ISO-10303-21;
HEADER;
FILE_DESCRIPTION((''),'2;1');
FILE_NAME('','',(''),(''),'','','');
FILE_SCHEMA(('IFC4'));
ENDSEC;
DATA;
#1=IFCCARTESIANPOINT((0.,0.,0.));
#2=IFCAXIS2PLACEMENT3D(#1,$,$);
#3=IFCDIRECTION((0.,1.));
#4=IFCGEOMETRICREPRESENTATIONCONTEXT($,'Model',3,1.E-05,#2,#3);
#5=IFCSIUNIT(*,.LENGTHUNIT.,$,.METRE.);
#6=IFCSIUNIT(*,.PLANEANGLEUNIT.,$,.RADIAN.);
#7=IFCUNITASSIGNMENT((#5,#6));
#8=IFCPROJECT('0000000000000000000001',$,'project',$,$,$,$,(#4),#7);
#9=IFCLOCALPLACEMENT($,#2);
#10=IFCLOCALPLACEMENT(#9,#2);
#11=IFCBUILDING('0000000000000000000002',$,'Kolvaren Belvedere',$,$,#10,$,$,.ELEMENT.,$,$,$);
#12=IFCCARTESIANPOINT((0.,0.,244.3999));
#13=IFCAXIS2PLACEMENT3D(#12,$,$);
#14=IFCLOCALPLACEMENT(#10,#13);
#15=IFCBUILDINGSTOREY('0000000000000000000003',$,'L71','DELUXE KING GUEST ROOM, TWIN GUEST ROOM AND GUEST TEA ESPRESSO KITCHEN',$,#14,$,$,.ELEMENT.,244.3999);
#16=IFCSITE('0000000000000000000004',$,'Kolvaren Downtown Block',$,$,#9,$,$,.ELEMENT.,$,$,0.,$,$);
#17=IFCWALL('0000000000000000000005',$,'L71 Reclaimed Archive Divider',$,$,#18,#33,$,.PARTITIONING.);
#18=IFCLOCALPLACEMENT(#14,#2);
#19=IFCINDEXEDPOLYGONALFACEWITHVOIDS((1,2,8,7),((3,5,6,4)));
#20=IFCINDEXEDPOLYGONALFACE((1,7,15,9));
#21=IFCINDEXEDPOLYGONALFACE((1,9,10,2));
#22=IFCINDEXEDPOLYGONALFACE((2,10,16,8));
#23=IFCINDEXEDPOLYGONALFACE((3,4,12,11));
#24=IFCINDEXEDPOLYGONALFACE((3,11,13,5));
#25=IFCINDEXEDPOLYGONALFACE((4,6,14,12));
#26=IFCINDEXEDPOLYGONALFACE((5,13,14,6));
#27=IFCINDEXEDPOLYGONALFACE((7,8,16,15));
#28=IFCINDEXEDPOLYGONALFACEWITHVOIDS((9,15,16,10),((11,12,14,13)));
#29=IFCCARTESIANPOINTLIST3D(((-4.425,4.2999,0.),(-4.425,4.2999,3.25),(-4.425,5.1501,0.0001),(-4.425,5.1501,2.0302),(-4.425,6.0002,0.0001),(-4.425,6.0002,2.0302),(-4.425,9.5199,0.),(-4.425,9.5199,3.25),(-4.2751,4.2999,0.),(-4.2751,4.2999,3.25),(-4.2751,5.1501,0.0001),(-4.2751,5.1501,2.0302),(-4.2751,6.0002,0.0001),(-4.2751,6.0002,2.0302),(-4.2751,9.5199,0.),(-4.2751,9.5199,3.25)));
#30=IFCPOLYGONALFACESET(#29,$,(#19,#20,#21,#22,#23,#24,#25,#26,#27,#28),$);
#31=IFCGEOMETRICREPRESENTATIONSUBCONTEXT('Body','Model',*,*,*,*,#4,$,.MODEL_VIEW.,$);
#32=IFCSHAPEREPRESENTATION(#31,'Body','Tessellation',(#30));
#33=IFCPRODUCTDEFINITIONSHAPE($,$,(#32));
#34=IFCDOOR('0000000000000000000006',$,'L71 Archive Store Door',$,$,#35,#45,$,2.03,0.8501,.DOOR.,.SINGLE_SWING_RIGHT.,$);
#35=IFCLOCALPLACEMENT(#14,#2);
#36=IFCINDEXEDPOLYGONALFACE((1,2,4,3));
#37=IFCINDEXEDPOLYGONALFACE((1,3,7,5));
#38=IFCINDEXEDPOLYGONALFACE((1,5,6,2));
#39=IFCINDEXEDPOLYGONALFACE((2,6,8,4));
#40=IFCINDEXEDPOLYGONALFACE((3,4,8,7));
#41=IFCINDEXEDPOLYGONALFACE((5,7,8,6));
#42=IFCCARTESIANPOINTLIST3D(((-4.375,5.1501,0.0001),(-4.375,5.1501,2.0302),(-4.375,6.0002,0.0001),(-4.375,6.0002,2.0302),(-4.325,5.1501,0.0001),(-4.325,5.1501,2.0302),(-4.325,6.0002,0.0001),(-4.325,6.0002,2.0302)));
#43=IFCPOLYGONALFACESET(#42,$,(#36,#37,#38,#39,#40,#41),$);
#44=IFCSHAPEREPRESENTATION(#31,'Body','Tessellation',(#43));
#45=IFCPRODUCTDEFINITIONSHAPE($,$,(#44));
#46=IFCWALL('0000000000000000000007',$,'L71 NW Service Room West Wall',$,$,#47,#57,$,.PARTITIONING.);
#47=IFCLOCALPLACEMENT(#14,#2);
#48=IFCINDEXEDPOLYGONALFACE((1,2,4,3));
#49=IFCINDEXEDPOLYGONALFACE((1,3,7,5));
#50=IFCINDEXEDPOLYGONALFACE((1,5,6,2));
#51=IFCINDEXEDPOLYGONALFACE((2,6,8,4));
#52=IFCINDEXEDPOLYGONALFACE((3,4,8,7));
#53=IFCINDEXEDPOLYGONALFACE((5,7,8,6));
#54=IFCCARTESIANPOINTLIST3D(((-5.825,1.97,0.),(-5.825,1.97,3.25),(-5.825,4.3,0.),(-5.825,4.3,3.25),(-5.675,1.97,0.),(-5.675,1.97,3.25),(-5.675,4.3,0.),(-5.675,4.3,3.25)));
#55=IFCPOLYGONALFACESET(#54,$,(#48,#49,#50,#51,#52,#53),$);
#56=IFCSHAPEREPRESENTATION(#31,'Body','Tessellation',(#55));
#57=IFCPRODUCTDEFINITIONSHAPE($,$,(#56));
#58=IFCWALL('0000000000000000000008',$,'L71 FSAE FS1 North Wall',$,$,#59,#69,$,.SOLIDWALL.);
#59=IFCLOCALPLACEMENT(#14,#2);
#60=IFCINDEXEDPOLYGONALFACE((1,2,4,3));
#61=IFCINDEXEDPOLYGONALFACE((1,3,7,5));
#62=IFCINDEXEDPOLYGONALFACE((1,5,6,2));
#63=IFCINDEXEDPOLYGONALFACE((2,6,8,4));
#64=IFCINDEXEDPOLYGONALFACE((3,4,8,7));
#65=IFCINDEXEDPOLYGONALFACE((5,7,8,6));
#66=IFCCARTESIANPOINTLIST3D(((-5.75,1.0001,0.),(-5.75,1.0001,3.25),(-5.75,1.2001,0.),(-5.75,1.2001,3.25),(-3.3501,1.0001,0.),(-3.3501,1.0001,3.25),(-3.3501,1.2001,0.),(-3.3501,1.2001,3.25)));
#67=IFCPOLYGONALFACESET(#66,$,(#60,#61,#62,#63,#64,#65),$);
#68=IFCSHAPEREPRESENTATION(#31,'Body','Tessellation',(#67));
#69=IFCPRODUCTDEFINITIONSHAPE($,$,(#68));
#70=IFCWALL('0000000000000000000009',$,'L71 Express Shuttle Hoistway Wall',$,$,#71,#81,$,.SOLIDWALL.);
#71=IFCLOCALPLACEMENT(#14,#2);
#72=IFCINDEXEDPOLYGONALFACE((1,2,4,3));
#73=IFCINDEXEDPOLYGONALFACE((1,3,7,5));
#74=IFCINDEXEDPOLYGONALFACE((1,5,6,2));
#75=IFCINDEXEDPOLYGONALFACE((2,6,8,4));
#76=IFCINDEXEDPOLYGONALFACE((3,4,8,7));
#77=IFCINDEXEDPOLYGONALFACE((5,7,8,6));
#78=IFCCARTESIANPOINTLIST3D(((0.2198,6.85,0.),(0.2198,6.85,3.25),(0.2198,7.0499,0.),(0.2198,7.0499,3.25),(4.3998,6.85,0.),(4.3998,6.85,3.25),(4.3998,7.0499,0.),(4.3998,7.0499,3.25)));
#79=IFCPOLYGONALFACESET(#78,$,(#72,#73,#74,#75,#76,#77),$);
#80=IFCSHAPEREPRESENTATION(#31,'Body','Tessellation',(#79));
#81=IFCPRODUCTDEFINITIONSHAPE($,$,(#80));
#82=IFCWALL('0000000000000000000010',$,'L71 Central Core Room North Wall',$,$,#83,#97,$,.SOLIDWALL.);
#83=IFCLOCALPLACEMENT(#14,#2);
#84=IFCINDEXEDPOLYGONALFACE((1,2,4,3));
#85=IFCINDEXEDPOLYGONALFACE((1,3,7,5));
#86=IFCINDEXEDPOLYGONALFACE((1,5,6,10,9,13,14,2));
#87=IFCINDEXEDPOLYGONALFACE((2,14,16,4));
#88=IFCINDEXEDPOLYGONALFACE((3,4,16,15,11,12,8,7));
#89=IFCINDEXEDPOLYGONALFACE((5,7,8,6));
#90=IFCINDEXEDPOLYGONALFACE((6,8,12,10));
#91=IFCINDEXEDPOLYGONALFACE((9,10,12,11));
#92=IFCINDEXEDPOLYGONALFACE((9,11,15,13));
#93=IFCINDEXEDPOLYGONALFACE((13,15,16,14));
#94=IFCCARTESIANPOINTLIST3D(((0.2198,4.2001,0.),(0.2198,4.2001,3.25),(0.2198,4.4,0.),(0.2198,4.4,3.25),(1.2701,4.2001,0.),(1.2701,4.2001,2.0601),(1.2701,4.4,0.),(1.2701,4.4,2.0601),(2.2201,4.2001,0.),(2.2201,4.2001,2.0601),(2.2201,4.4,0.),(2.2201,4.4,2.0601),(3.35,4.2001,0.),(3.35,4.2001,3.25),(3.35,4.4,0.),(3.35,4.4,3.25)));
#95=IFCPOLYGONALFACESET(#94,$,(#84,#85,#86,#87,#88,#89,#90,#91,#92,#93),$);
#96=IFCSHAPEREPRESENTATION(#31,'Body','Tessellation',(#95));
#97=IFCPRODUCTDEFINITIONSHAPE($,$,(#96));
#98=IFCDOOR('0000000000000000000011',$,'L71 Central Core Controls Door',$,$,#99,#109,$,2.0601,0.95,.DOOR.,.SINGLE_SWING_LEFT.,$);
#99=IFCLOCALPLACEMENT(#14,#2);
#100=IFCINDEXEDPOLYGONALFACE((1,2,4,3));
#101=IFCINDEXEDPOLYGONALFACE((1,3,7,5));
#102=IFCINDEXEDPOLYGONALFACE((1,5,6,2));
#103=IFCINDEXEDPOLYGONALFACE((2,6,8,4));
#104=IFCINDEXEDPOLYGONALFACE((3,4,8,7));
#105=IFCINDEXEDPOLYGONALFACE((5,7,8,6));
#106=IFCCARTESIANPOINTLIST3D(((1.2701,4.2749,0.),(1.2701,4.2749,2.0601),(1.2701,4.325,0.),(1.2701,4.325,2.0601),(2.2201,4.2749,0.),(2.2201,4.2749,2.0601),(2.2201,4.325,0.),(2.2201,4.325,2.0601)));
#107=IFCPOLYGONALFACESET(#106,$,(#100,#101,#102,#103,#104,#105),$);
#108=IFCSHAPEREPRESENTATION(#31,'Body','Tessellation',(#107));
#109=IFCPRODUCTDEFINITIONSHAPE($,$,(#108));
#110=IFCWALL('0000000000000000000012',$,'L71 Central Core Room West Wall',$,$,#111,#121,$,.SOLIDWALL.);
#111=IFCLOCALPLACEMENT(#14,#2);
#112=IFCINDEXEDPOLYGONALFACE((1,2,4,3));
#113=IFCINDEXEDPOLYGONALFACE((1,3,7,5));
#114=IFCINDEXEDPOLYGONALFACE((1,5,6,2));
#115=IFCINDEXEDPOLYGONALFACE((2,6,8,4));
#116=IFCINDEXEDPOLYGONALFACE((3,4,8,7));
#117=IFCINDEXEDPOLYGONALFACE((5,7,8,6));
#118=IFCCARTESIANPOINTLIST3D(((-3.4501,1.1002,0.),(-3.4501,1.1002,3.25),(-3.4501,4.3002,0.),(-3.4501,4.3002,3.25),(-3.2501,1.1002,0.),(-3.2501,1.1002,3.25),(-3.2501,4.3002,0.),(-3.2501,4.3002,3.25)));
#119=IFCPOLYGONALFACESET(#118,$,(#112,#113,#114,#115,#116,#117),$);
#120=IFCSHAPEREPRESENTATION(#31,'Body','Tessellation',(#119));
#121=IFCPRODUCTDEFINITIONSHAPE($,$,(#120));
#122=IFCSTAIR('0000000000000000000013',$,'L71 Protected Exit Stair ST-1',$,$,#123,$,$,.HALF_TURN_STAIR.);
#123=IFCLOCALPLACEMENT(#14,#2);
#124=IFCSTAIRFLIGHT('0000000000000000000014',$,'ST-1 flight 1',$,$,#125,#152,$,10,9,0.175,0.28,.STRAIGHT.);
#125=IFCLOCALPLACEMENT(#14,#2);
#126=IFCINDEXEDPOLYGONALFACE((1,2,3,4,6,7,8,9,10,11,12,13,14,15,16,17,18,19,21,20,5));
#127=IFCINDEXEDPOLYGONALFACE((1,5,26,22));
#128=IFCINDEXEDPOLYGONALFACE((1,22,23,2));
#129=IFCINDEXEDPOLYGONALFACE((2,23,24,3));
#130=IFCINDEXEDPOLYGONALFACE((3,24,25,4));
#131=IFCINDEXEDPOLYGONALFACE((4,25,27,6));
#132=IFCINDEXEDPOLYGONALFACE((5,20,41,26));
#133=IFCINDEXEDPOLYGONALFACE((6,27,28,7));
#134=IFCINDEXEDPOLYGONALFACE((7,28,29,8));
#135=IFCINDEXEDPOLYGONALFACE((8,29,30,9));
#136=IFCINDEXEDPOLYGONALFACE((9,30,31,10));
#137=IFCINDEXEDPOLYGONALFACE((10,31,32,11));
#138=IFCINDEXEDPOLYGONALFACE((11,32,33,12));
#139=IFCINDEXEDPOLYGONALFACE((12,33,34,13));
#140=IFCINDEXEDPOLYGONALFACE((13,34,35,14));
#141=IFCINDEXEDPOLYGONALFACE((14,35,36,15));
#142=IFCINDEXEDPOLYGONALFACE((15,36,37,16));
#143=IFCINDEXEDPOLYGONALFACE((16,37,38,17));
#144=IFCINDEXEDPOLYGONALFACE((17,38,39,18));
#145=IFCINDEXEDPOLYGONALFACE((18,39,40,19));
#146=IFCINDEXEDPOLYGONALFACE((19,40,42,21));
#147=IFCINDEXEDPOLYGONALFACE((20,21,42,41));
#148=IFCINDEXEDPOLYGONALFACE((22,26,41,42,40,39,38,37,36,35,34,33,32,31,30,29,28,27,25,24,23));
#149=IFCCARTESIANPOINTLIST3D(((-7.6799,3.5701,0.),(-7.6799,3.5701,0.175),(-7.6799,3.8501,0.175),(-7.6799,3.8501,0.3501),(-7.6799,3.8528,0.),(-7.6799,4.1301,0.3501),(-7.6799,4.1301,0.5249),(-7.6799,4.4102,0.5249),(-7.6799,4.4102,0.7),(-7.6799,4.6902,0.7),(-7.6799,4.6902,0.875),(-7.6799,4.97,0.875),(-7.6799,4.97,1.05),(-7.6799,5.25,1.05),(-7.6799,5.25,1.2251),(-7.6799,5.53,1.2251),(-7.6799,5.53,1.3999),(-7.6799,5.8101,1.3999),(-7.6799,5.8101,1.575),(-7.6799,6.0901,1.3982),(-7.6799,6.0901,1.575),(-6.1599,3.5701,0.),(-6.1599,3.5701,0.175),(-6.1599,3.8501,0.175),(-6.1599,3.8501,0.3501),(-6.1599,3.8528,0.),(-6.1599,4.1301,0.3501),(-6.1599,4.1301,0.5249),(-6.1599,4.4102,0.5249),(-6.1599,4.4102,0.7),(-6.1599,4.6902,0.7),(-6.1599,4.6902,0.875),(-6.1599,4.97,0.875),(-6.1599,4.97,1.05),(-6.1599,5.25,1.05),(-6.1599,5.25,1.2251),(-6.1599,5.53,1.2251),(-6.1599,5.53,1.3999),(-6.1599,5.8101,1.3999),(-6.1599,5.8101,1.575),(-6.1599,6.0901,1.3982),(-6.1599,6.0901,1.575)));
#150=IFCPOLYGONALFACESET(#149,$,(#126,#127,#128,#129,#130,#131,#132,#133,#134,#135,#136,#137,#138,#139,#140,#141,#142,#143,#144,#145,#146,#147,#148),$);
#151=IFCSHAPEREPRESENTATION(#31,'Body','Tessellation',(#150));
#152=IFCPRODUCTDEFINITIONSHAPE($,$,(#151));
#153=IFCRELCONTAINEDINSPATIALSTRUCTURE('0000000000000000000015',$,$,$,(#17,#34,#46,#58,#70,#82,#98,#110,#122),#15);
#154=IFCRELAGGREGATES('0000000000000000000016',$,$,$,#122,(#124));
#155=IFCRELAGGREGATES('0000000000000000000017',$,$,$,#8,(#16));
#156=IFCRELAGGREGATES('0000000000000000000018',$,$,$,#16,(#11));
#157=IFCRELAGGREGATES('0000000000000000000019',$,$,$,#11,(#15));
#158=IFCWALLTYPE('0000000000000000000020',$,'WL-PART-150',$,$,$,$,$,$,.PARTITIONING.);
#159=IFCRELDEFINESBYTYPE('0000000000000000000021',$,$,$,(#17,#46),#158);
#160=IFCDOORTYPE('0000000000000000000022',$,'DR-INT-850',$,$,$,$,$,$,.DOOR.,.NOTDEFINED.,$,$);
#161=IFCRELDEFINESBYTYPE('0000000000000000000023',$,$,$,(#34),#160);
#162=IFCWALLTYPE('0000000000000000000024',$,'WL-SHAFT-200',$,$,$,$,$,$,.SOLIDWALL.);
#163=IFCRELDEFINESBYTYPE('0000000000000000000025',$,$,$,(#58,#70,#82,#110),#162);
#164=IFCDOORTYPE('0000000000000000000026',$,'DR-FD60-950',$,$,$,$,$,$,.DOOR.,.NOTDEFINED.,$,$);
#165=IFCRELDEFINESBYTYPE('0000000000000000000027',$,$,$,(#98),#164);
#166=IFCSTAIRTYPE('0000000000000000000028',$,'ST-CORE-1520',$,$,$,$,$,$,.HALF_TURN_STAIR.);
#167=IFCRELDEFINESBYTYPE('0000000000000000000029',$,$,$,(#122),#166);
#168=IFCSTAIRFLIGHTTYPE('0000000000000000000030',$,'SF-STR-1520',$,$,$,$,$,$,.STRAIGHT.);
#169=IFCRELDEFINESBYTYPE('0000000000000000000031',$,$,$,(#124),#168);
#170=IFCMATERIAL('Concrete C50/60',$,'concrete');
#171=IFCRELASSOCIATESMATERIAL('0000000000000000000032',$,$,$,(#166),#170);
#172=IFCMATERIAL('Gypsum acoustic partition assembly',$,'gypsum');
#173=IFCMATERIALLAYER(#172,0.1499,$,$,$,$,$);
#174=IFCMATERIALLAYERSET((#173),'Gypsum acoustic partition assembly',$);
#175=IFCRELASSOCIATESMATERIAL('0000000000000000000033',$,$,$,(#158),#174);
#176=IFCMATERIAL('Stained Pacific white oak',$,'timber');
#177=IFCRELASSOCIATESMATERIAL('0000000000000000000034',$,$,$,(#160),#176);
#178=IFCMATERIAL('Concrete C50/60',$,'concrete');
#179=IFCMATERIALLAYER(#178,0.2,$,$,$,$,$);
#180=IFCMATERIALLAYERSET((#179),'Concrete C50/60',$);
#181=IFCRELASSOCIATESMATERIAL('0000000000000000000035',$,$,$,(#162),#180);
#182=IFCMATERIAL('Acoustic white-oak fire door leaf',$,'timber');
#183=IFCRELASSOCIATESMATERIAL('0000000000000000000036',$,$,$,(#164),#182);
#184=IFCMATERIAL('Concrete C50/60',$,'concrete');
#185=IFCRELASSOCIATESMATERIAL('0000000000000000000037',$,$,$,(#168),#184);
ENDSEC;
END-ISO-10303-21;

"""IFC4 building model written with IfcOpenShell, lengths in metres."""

from ifc_helpers import new_model, si_unit, direction, frame, frame_2d, origin, place, context, subcontext, project, spatial, polyline, rectangle, outline, extrude, material, layer, layer_set, type_object, element, fill, aggregate, save


model = new_model("IFC4")

# Units and contexts
model_context = context("Model", 3, precision=1e-05, world=origin(), true_north=direction((0.0, 1.0)))
body_context = subcontext(model_context, "Body", "Model", "MODEL_VIEW")
ifc_project = project(units=[si_unit("LENGTHUNIT", "METRE"), si_unit("PLANEANGLEUNIT", "RADIAN")], contexts=[model_context])

# Site, building, storey
site_placement = place(None, origin())
site = spatial("IfcSite", under=ifc_project, at=site_placement, Name="Kolvaren Downtown Block", CompositionType="ELEMENT", RefElevation=0.0)
building_placement = place(site_placement, origin())
building = spatial("IfcBuilding", under=site, at=building_placement, Name="Kolvaren Belvedere", CompositionType="ELEMENT")
storey_placement = place(building_placement, frame((0.0, 0.0, 244.3999)))
storey = spatial("IfcBuildingStorey", under=building, at=storey_placement, Name="L71", Description="DELUXE KING GUEST ROOM, TWIN GUEST ROOM AND GUEST TEA ESPRESSO KITCHEN", CompositionType="ELEMENT", Elevation=244.3999)

# Shared definitions
ifc_material_1 = material(Name="Concrete C50/60", Category="concrete")
stair_type = type_object("IfcStairType", Name="ST-CORE-1520", PredefinedType="HALF_TURN_STAIR", material=ifc_material_1)

# Wall, opening, door
ifc_material_2 = material(Name="Gypsum acoustic partition assembly", Category="gypsum")
ifc_layer_1 = layer(ifc_material_2, 0.1499)
ifc_layer_set_1 = layer_set([ifc_layer_1], Name="Gypsum acoustic partition assembly")
wall_type_1 = type_object("IfcWallType", Name="WL-PART-150", PredefinedType="PARTITIONING", material=ifc_layer_set_1)
ifc_material_3 = material(Name="Stained Pacific white oak", Category="timber")
door_type_1 = type_object("IfcDoorType", Name="DR-INT-850", OperationType="NOTDEFINED", PredefinedType="DOOR", material=ifc_material_3)
wall_1_placement = place(storey_placement, frame((-4.3501, 4.3, 0.0), z_axis=(0.0, 0.0, 1.0), x_axis=(0.0, 1.0, 0.0)))
wall_1 = element("IfcWall", 1, at=wall_1_placement, inside=storey, type_object=wall_type_1, Name="L71 Reclaimed Archive Divider", PredefinedType="PARTITIONING", context=body_context, shape_type="SweptSolid", body=[
    extrude(rectangle(XDim=5.22, YDim=0.1499, at=frame_2d((2.6099, 0.0))), origin(), (0.0, 0.0, 1.0), 3.25),
])
opening_1_placement = place(wall_1_placement, frame((0.8501, 0.0, 0.0)))
opening_1 = element("IfcOpeningElement", 2, at=opening_1_placement, cuts=wall_1, PredefinedType="OPENING", context=body_context, shape_type="SweptSolid", body=[
    extrude(rectangle(XDim=0.8501, YDim=2.03, at=frame_2d((0.425, 1.0151))), frame((0.0, 0.085, 0.0), z_axis=(0.0, -1.0, 0.0), x_axis=(1.0, 0.0, 0.0)), (0.0, 0.0, 1.0), 0.1699),
])
door_1_placement = place(opening_1_placement, origin())
door_1 = element("IfcDoor", 3, at=door_1_placement, inside=storey, type_object=door_type_1, Name="L71 Archive Store Door", OperationType="SINGLE_SWING_RIGHT", OverallHeight=2.03, OverallWidth=0.8501, PredefinedType="DOOR", context=body_context, shape_type="SweptSolid", body=[
    extrude(rectangle(XDim=0.8501, YDim=2.03, at=frame_2d((0.425, 1.0151))), frame((0.0, 0.0249, 0.0), z_axis=(0.0, -1.0, 0.0), x_axis=(1.0, 0.0, 0.0)), (0.0, 0.0, 1.0), 0.05),
])
fill(opening_1, door_1)

# Walls
wall_2_placement = place(storey_placement, frame((-5.75, 1.97, 0.0), z_axis=(0.0, 0.0, 1.0), x_axis=(0.0, 1.0, 0.0)))
element("IfcWall", 4, at=wall_2_placement, inside=storey, type_object=wall_type_1, Name="L71 NW Service Room West Wall", PredefinedType="PARTITIONING", context=body_context, shape_type="SweptSolid", body=[
    extrude(rectangle(XDim=2.3301, YDim=0.1499, at=frame_2d((1.165, 0.0))), origin(), (0.0, 0.0, 1.0), 3.25),
])
ifc_material_4 = material(Name="Concrete C50/60", Category="concrete")
ifc_layer_2 = layer(ifc_material_4, 0.2)
ifc_layer_set_2 = layer_set([ifc_layer_2], Name="Concrete C50/60")
wall_type_2 = type_object("IfcWallType", Name="WL-SHAFT-200", PredefinedType="SOLIDWALL", material=ifc_layer_set_2)
wall_3_placement = place(storey_placement, frame((-5.75, 1.1001, 0.0), z_axis=(0.0, 0.0, 1.0), x_axis=(1.0, 0.0, 0.0)))
element("IfcWall", 5, at=wall_3_placement, inside=storey, type_object=wall_type_2, Name="L71 FSAE FS1 North Wall", PredefinedType="SOLIDWALL", context=body_context, shape_type="SweptSolid", body=[
    extrude(rectangle(XDim=2.3999, YDim=0.2, at=frame_2d((1.2, 0.0))), origin(), (0.0, 0.0, 1.0), 3.25),
])
wall_4_placement = place(storey_placement, frame((0.22, 6.95, 0.0), z_axis=(0.0, 0.0, 1.0), x_axis=(1.0, 0.0, 0.0)))
element("IfcWall", 6, at=wall_4_placement, inside=storey, type_object=wall_type_2, Name="L71 Express Shuttle Hoistway Wall", PredefinedType="SOLIDWALL", context=body_context, shape_type="SweptSolid", body=[
    extrude(rectangle(XDim=4.1799, YDim=0.2, at=frame_2d((2.0898, 0.0))), origin(), (0.0, 0.0, 1.0), 3.25),
])

# Wall, opening, door
wall_5_placement = place(storey_placement, frame((0.22, 4.3, 0.0), z_axis=(0.0, 0.0, 1.0), x_axis=(1.0, 0.0, 0.0)))
wall_5 = element("IfcWall", 7, at=wall_5_placement, inside=storey, type_object=wall_type_2, Name="L71 Central Core Room North Wall", PredefinedType="SOLIDWALL", context=body_context, shape_type="SweptSolid", body=[
    extrude(rectangle(XDim=3.1301, YDim=0.2, at=frame_2d((1.5649, 0.0))), origin(), (0.0, 0.0, 1.0), 3.25),
])
opening_2_placement = place(wall_5_placement, frame((1.05, 0.0, 0.0)))
opening_2 = element("IfcOpeningElement", 8, at=opening_2_placement, cuts=wall_5, PredefinedType="OPENING", context=body_context, shape_type="SweptSolid", body=[
    extrude(rectangle(XDim=0.95, YDim=2.0601, at=frame_2d((0.4751, 1.03))), frame((0.0, 0.1099, 0.0), z_axis=(0.0, -1.0, 0.0), x_axis=(1.0, 0.0, 0.0)), (0.0, 0.0, 1.0), 0.22),
])
ifc_material_5 = material(Name="Acoustic white-oak fire door leaf", Category="timber")
door_type_2 = type_object("IfcDoorType", Name="DR-FD60-950", OperationType="NOTDEFINED", PredefinedType="DOOR", material=ifc_material_5)
door_2_placement = place(opening_2_placement, origin())
door_2 = element("IfcDoor", 9, at=door_2_placement, inside=storey, type_object=door_type_2, Name="L71 Central Core Controls Door", OperationType="SINGLE_SWING_LEFT", OverallHeight=2.0601, OverallWidth=0.95, PredefinedType="DOOR", context=body_context, shape_type="SweptSolid", body=[
    extrude(rectangle(XDim=0.95, YDim=2.0601, at=frame_2d((0.4751, 1.03))), frame((0.0, 0.0249, 0.0), z_axis=(0.0, -1.0, 0.0), x_axis=(1.0, 0.0, 0.0)), (0.0, 0.0, 1.0), 0.05),
])
fill(opening_2, door_2)

# Wall
wall_6_placement = place(storey_placement, frame((-3.3501, 1.1001, 0.0), z_axis=(0.0, 0.0, 1.0), x_axis=(0.0, 1.0, 0.0)))
element("IfcWall", 10, at=wall_6_placement, inside=storey, type_object=wall_type_2, Name="L71 Central Core Room West Wall", PredefinedType="SOLIDWALL", context=body_context, shape_type="SweptSolid", body=[
    extrude(rectangle(XDim=3.2, YDim=0.2, at=frame_2d((1.6001, 0.0))), origin(), (0.0, 0.0, 1.0), 3.25),
])

# Stair, stair flight
stair_1_placement = place(storey_placement, origin())
stair_1 = element("IfcStair", 11, at=stair_1_placement, inside=storey, type_object=stair_type, Name="L71 Protected Exit Stair ST-1", PredefinedType="HALF_TURN_STAIR")
ifc_material_6 = material(Name="Concrete C50/60", Category="concrete")
stair_flight_type = type_object("IfcStairFlightType", Name="SF-STR-1520", PredefinedType="STRAIGHT", material=ifc_material_6)
stair_flight_1_placement = place(storey_placement, frame((-6.9199, 3.5701, 0.0), z_axis=(0.0, 0.0, 1.0), x_axis=(0.0, 1.0, 0.0)))
stair_flight_1 = element("IfcStairFlight", 12, at=stair_flight_1_placement, type_object=stair_flight_type, Name="ST-1 flight 1", NumberOfRisers=10, NumberOfTreads=9, PredefinedType="STRAIGHT", RiserHeight=0.175, TreadLength=0.28, context=body_context, shape_type="SweptSolid", body=[
    extrude(outline(polyline([(0.0, 0.0), (0.0, 0.175), (0.28, 0.175), (0.28, 0.3501), (0.5601, 0.3501), (0.5601, 0.5249), (0.8401, 0.5249), (0.8401, 0.7), (1.1201, 0.7), (1.1201, 0.875), (1.3999, 0.875), (1.3999, 1.05), (1.6799, 1.05), (1.6799, 1.2251), (1.96, 1.2251), (1.96, 1.3999), (2.24, 1.3999), (2.24, 1.575), (2.52, 1.575), (2.52, 1.75), (2.52, 1.3982), (0.2827, 0.0), (0.0, 0.0)])), frame((0.0, 0.76, 0.0), z_axis=(0.0, -1.0, 0.0), x_axis=(1.0, 0.0, 0.0)), (0.0, 0.0, 1.0), 1.52),
])
aggregate(stair_1, [stair_flight_1])

save(model, "model.ifc")
